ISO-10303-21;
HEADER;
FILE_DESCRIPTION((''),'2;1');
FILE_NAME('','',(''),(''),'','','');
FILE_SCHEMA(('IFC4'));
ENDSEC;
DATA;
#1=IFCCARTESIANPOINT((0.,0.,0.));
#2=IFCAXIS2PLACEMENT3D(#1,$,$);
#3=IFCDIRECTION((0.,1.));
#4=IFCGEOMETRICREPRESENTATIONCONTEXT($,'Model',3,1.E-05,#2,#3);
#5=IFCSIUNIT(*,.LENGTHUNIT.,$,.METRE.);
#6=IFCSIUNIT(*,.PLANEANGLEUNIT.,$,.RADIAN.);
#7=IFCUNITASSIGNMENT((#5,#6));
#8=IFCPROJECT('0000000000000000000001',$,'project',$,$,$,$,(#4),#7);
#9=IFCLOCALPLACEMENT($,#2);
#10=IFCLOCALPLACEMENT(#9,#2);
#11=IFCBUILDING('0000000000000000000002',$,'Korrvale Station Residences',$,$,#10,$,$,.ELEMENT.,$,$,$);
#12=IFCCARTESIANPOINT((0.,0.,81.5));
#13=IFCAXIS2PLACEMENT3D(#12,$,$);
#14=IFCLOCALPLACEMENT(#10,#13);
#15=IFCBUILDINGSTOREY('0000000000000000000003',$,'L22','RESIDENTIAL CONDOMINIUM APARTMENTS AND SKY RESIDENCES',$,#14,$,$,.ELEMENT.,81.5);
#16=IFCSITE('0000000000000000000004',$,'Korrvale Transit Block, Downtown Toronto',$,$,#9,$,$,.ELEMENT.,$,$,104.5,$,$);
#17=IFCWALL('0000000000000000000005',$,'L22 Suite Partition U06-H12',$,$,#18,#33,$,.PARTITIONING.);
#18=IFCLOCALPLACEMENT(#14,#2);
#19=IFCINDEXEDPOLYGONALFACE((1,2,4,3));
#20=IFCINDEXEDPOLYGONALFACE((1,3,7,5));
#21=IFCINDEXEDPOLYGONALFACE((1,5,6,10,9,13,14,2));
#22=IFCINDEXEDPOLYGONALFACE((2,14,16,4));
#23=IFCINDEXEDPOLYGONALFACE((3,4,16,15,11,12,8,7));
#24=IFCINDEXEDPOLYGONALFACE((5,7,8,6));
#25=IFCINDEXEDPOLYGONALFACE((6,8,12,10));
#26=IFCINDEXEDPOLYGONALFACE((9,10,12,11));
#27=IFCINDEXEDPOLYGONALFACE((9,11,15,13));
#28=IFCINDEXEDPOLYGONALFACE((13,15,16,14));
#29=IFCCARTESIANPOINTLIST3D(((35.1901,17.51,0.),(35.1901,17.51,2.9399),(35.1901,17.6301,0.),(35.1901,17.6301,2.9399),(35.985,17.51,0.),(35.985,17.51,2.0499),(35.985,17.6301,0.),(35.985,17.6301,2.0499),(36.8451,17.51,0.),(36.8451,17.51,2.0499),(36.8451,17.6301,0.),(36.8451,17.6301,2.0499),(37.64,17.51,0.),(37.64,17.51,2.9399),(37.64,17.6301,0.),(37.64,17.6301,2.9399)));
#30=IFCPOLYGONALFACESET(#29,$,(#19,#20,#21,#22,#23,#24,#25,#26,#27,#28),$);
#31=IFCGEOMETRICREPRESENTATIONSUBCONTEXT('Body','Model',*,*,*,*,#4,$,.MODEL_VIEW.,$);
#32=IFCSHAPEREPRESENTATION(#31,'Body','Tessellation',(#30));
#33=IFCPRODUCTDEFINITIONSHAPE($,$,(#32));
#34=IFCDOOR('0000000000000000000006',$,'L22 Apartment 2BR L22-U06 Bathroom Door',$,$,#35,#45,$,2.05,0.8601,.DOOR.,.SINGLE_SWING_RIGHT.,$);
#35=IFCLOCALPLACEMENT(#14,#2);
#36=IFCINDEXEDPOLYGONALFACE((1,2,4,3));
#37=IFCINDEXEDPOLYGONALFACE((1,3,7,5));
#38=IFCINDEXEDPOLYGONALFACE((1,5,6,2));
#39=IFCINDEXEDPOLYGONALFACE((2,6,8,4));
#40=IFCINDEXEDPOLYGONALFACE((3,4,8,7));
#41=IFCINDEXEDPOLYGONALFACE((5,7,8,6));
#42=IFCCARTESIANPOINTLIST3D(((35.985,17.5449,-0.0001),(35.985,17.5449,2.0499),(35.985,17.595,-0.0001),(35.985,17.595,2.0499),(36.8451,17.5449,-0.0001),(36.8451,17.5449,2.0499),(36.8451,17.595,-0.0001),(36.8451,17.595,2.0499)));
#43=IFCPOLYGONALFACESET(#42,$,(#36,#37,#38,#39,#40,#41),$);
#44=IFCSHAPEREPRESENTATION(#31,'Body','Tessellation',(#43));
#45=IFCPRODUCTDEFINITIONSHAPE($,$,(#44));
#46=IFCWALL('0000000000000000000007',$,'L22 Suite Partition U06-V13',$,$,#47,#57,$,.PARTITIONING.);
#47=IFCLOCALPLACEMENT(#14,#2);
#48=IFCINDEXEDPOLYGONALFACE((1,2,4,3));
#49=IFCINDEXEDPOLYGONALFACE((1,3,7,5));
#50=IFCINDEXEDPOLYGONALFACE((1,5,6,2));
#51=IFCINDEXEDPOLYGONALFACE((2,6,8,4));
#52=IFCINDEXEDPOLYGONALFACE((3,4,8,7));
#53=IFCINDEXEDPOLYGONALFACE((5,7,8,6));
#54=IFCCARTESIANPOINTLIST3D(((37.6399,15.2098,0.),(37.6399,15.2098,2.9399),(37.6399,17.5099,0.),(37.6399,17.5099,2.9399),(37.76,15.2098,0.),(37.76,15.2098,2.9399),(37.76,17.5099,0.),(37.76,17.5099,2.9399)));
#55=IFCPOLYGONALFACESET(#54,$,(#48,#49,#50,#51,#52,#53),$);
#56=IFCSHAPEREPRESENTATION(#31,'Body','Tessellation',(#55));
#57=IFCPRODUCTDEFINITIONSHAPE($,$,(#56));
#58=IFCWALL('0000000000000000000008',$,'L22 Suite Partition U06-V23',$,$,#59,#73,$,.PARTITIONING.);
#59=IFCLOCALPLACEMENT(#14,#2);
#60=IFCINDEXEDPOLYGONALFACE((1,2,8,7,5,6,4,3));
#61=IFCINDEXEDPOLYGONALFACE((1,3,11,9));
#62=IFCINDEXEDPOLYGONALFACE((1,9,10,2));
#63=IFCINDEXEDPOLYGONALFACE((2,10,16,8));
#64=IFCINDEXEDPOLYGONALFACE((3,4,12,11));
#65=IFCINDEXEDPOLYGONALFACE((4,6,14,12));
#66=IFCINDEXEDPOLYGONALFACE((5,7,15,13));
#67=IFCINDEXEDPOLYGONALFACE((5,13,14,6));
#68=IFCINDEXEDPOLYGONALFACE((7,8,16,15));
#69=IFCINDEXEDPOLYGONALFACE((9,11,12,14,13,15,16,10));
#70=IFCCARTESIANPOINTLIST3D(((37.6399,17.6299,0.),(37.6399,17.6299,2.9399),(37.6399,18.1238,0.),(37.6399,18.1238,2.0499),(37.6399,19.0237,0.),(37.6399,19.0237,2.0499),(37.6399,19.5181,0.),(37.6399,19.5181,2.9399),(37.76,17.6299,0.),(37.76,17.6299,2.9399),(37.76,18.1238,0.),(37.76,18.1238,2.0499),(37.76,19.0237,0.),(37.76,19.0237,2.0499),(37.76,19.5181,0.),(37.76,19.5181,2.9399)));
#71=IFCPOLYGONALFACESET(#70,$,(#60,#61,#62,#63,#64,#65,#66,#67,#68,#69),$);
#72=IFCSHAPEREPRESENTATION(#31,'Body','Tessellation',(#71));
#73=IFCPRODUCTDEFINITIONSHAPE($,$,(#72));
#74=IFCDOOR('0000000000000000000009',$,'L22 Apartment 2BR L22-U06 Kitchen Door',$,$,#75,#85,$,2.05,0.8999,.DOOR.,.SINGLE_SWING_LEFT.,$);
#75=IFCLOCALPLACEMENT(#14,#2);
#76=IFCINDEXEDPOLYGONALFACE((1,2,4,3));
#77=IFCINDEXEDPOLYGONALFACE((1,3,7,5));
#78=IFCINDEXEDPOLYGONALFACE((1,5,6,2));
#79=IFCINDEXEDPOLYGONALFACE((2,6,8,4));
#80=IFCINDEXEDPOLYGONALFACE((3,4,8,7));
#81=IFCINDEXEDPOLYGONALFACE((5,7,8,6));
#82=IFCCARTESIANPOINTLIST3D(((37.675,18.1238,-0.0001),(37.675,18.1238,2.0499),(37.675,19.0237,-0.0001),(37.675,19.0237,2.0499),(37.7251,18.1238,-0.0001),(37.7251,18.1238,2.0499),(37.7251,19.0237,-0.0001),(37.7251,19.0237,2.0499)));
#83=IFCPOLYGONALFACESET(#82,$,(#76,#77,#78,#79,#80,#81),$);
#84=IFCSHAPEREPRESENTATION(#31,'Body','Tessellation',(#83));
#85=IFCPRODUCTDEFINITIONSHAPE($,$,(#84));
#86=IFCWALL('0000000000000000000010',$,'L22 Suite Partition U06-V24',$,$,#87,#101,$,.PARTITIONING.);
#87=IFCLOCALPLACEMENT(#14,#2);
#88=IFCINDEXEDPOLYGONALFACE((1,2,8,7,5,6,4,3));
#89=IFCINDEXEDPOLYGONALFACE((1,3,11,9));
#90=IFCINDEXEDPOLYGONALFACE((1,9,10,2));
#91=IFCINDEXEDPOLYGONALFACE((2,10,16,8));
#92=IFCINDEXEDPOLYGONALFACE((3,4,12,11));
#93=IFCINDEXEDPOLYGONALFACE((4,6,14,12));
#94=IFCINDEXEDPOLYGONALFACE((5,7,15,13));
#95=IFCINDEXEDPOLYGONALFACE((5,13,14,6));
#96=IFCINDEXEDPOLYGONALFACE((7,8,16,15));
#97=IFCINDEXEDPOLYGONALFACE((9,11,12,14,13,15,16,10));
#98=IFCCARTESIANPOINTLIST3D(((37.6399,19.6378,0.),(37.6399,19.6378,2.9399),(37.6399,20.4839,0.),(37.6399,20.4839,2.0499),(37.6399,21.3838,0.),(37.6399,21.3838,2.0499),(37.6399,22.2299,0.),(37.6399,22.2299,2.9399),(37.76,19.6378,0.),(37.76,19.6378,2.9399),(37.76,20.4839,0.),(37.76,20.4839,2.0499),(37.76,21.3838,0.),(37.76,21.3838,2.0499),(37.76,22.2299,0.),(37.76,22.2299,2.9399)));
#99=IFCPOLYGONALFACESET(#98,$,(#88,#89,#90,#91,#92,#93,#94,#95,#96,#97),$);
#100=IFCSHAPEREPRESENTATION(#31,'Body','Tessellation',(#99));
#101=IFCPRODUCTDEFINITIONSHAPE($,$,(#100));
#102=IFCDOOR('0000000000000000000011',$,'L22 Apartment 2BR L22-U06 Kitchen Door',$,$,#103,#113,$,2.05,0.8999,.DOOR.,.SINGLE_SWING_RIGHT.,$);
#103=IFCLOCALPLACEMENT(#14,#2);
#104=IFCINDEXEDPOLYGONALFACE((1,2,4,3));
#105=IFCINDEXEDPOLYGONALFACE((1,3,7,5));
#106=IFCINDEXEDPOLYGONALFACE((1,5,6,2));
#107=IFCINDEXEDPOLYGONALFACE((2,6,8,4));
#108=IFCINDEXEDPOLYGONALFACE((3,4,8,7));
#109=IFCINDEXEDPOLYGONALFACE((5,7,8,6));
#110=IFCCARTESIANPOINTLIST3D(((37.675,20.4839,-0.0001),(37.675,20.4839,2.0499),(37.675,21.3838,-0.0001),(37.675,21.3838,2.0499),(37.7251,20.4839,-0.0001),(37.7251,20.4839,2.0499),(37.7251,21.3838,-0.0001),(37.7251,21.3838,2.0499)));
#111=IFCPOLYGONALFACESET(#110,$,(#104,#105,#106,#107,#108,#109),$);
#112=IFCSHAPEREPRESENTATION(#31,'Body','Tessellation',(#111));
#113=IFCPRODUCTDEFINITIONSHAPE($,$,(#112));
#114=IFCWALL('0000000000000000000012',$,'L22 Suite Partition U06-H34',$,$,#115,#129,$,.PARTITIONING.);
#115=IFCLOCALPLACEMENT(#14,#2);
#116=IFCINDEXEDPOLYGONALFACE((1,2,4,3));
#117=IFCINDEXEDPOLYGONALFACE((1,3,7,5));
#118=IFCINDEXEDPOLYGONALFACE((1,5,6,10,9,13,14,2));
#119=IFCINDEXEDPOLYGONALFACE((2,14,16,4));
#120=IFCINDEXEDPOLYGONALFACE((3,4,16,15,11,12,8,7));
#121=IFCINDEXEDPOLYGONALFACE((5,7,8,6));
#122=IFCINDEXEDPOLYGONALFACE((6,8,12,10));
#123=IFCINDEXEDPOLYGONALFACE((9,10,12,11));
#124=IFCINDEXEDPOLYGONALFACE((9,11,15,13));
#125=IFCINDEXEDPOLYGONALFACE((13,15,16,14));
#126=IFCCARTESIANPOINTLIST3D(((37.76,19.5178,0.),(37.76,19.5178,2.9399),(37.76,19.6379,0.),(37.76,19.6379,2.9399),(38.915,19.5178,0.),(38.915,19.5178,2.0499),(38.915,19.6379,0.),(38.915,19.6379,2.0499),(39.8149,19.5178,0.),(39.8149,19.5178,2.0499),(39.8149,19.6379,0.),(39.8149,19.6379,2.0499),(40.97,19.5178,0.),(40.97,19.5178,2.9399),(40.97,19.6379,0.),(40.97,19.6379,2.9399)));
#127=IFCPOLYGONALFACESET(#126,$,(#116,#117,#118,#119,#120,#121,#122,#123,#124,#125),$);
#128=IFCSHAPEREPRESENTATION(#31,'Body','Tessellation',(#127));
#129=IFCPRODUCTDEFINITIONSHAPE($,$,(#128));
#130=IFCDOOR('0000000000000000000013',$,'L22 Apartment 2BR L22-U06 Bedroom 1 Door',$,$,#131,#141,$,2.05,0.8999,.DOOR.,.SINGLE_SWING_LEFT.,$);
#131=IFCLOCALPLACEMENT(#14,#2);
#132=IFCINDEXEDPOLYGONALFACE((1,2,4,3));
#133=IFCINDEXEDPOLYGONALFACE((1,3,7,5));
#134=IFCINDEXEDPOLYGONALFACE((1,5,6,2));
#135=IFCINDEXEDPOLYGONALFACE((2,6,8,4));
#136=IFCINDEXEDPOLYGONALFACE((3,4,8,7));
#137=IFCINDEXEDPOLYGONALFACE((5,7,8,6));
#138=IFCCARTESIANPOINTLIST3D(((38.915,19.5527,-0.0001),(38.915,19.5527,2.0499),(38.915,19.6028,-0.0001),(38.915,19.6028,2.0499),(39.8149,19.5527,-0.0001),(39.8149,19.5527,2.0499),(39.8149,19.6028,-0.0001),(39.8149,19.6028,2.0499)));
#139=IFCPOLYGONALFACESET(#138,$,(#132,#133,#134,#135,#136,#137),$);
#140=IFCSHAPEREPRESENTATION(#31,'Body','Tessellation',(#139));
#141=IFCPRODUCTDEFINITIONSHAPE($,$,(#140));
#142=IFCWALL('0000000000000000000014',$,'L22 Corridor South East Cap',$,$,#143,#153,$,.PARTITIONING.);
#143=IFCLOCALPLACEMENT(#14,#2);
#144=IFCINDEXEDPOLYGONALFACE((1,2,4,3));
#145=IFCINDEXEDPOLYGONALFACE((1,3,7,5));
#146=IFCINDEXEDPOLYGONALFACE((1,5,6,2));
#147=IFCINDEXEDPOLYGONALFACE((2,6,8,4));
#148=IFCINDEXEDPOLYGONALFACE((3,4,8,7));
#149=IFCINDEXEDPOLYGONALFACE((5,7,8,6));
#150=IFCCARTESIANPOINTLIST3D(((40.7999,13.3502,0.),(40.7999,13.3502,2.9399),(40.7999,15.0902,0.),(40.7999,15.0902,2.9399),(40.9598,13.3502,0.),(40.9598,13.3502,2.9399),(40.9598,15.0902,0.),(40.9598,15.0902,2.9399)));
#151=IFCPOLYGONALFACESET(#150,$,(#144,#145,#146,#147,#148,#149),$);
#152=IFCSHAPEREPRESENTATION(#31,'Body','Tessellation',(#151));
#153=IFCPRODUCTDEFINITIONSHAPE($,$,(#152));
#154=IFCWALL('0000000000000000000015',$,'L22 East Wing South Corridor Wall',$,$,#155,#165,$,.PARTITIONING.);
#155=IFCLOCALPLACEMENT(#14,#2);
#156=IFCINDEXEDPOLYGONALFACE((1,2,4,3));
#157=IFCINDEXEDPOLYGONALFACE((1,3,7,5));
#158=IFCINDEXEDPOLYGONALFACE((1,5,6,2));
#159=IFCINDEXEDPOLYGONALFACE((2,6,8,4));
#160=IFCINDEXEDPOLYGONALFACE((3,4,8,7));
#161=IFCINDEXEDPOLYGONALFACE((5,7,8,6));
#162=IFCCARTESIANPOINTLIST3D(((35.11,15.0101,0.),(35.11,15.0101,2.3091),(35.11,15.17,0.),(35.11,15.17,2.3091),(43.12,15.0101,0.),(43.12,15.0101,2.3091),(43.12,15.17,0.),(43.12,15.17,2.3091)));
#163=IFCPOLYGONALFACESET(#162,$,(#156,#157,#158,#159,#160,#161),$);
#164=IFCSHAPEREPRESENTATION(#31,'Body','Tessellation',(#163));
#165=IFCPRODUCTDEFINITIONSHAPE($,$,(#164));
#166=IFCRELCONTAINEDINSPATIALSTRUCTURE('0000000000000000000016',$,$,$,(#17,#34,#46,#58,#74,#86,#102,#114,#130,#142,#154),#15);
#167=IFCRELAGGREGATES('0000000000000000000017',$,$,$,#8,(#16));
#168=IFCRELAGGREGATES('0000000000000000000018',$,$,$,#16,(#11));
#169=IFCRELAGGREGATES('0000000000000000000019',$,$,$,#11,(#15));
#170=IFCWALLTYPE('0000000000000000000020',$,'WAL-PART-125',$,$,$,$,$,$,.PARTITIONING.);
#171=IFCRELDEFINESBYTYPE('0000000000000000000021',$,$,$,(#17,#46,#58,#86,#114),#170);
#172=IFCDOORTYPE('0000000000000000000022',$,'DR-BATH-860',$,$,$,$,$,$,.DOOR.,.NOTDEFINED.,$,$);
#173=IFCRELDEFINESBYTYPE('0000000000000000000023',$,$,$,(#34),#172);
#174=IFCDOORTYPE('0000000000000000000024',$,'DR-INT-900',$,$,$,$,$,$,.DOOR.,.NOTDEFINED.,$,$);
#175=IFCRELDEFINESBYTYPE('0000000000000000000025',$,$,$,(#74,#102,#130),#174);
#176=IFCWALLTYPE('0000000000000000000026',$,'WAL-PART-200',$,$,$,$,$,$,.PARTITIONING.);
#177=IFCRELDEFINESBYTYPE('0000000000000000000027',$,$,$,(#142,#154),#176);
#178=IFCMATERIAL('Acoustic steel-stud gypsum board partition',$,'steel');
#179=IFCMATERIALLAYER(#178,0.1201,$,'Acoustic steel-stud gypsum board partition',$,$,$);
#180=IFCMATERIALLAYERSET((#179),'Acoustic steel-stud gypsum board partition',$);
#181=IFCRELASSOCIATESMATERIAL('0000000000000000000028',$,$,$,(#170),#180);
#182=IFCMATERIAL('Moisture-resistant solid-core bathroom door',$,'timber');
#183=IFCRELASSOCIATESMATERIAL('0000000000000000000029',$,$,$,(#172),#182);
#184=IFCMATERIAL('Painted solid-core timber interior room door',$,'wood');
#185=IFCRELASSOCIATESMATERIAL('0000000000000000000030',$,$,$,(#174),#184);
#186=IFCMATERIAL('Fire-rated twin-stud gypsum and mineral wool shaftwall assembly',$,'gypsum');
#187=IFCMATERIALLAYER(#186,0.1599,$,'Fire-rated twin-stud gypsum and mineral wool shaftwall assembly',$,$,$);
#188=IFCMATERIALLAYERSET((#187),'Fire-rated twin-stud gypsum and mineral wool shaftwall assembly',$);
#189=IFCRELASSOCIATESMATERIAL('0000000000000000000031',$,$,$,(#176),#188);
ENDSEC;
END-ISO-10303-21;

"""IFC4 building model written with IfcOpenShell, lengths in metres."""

from ifc_helpers import new_model, si_unit, direction, frame, frame_2d, origin, place, context, subcontext, project, spatial, rectangle, extrude, material, layer, layer_set, type_object, element, fill, save


model = new_model("IFC4")

# Units and contexts
model_context = context("Model", 3, precision=1e-05, world=origin(), true_north=direction((0.0, 1.0)))
body_context = subcontext(model_context, "Body", "Model", "MODEL_VIEW")
ifc_project = project(units=[si_unit("LENGTHUNIT", "METRE"), si_unit("PLANEANGLEUNIT", "RADIAN")], contexts=[model_context])

# Site, building, storey
site_placement = place(None, origin())
site = spatial("IfcSite", under=ifc_project, at=site_placement, Name="Korrvale Transit Block, Downtown Toronto", CompositionType="ELEMENT", RefElevation=104.5)
building_placement = place(site_placement, origin())
building = spatial("IfcBuilding", under=site, at=building_placement, Name="Korrvale Station Residences", CompositionType="ELEMENT")
storey_placement = place(building_placement, frame((0.0, 0.0, 81.5)))
storey = spatial("IfcBuildingStorey", under=building, at=storey_placement, Name="L22", Description="RESIDENTIAL CONDOMINIUM APARTMENTS AND SKY RESIDENCES", CompositionType="ELEMENT", Elevation=81.5)

# Wall, opening, door
ifc_material_1 = material(Name="Acoustic steel-stud gypsum board partition", Category="steel")
ifc_layer_1 = layer(ifc_material_1, 0.1201, Name="Acoustic steel-stud gypsum board partition")
ifc_layer_set_1 = layer_set([ifc_layer_1], Name="Acoustic steel-stud gypsum board partition")
wall_type_1 = type_object("IfcWallType", Name="WAL-PART-125", PredefinedType="PARTITIONING", material=ifc_layer_set_1)
wall_1_placement = place(storey_placement, frame((35.1899, 17.5701, 0.0), z_axis=(0.0, 0.0, 1.0), x_axis=(1.0, 0.0, 0.0)))
wall_1 = element("IfcWall", 1, at=wall_1_placement, inside=storey, type_object=wall_type_1, Name="L22 Suite Partition U06-H12", PredefinedType="PARTITIONING", context=body_context, shape_type="SweptSolid", body=[
    extrude(rectangle(XDim=2.45, YDim=0.1201, at=frame_2d((1.2251, 0.0))), origin(), (0.0, 0.0, 1.0), 2.9399),
])
opening_1_placement = place(wall_1_placement, frame((0.7949, 0.0, 0.0)))
opening_1 = element("IfcOpeningElement", 2, at=opening_1_placement, cuts=wall_1, PredefinedType="OPENING", context=body_context, shape_type="SweptSolid", body=[
    extrude(rectangle(XDim=0.8601, YDim=2.05, at=frame_2d((0.4302, 1.0249))), frame((0.0, 0.0701, 0.0), z_axis=(0.0, -1.0, 0.0), x_axis=(1.0, 0.0, 0.0)), (0.0, 0.0, 1.0), 0.1401),
])
ifc_material_2 = material(Name="Moisture-resistant solid-core bathroom door", Category="timber")
door_type_1 = type_object("IfcDoorType", Name="DR-BATH-860", OperationType="NOTDEFINED", PredefinedType="DOOR", material=ifc_material_2)
door_1_placement = place(opening_1_placement, origin())
door_1 = element("IfcDoor", 3, at=door_1_placement, inside=storey, type_object=door_type_1, Name="L22 Apartment 2BR L22-U06 Bathroom Door", OperationType="SINGLE_SWING_RIGHT", OverallHeight=2.05, OverallWidth=0.8601, PredefinedType="DOOR", context=body_context, shape_type="SweptSolid", body=[
    extrude(rectangle(XDim=0.8601, YDim=2.05, at=frame_2d((0.4302, 1.0249))), frame((0.0, 0.0249, 0.0), z_axis=(0.0, -1.0, 0.0), x_axis=(1.0, 0.0, 0.0)), (0.0, 0.0, 1.0), 0.05),
])
fill(opening_1, door_1)

# Wall
wall_2_placement = place(storey_placement, frame((37.7, 15.21, 0.0), z_axis=(0.0, 0.0, 1.0), x_axis=(0.0, 1.0, 0.0)))
element("IfcWall", 4, at=wall_2_placement, inside=storey, type_object=wall_type_1, Name="L22 Suite Partition U06-V13", PredefinedType="PARTITIONING", context=body_context, shape_type="SweptSolid", body=[
    extrude(rectangle(XDim=2.3, YDim=0.1201, at=frame_2d((1.1499, 0.0))), origin(), (0.0, 0.0, 1.0), 2.9399),
])

# Walls, openings, doors
wall_3_placement = place(storey_placement, frame((37.7, 17.6299, 0.0), z_axis=(0.0, 0.0, 1.0), x_axis=(0.0, 1.0, 0.0)))
wall_3 = element("IfcWall", 5, at=wall_3_placement, inside=storey, type_object=wall_type_1, Name="L22 Suite Partition U06-V23", PredefinedType="PARTITIONING", context=body_context, shape_type="SweptSolid", body=[
    extrude(rectangle(XDim=1.8882, YDim=0.1201, at=frame_2d((0.9441, 0.0))), origin(), (0.0, 0.0, 1.0), 2.9399),
])
opening_2_placement = place(wall_3_placement, frame((0.4939, 0.0, 0.0)))
opening_2 = element("IfcOpeningElement", 6, at=opening_2_placement, cuts=wall_3, PredefinedType="OPENING", context=body_context, shape_type="SweptSolid", body=[
    extrude(rectangle(XDim=0.8999, YDim=2.05, at=frame_2d((0.45, 1.0249))), frame((0.0, 0.0701, 0.0), z_axis=(0.0, -1.0, 0.0), x_axis=(1.0, 0.0, 0.0)), (0.0, 0.0, 1.0), 0.1401),
])
ifc_material_3 = material(Name="Painted solid-core timber interior room door", Category="wood")
door_type_2 = type_object("IfcDoorType", Name="DR-INT-900", OperationType="NOTDEFINED", PredefinedType="DOOR", material=ifc_material_3)
door_2_placement = place(opening_2_placement, origin())
door_2 = element("IfcDoor", 7, at=door_2_placement, inside=storey, type_object=door_type_2, Name="L22 Apartment 2BR L22-U06 Kitchen Door", OperationType="SINGLE_SWING_LEFT", OverallHeight=2.05, OverallWidth=0.8999, PredefinedType="DOOR", context=body_context, shape_type="SweptSolid", body=[
    extrude(rectangle(XDim=0.8999, YDim=2.05, at=frame_2d((0.45, 1.0249))), frame((0.0, 0.0249, 0.0), z_axis=(0.0, -1.0, 0.0), x_axis=(1.0, 0.0, 0.0)), (0.0, 0.0, 1.0), 0.05),
])
fill(opening_2, door_2)
wall_4_placement = place(storey_placement, frame((37.7, 19.6379, 0.0), z_axis=(0.0, 0.0, 1.0), x_axis=(0.0, 1.0, 0.0)))
wall_4 = element("IfcWall", 8, at=wall_4_placement, inside=storey, type_object=wall_type_1, Name="L22 Suite Partition U06-V24", PredefinedType="PARTITIONING", context=body_context, shape_type="SweptSolid", body=[
    extrude(rectangle(XDim=2.592, YDim=0.1201, at=frame_2d((1.2959, 0.0))), origin(), (0.0, 0.0, 1.0), 2.9399),
])
opening_3_placement = place(wall_4_placement, frame((0.8459, 0.0, 0.0)))
opening_3 = element("IfcOpeningElement", 9, at=opening_3_placement, cuts=wall_4, PredefinedType="OPENING", context=body_context, shape_type="SweptSolid", body=[
    extrude(rectangle(XDim=0.8999, YDim=2.05, at=frame_2d((0.45, 1.0249))), frame((0.0, 0.0701, 0.0), z_axis=(0.0, -1.0, 0.0), x_axis=(1.0, 0.0, 0.0)), (0.0, 0.0, 1.0), 0.1401),
])
door_3_placement = place(opening_3_placement, origin())
door_3 = element("IfcDoor", 10, at=door_3_placement, inside=storey, type_object=door_type_2, Name="L22 Apartment 2BR L22-U06 Kitchen Door", OperationType="SINGLE_SWING_RIGHT", OverallHeight=2.05, OverallWidth=0.8999, PredefinedType="DOOR", context=body_context, shape_type="SweptSolid", body=[
    extrude(rectangle(XDim=0.8999, YDim=2.05, at=frame_2d((0.45, 1.0249))), frame((0.0, 0.0249, 0.0), z_axis=(0.0, -1.0, 0.0), x_axis=(1.0, 0.0, 0.0)), (0.0, 0.0, 1.0), 0.05),
])
fill(opening_3, door_3)
wall_5_placement = place(storey_placement, frame((37.76, 19.5779, 0.0), z_axis=(0.0, 0.0, 1.0), x_axis=(1.0, 0.0, 0.0)))
wall_5 = element("IfcWall", 11, at=wall_5_placement, inside=storey, type_object=wall_type_1, Name="L22 Suite Partition U06-H34", PredefinedType="PARTITIONING", context=body_context, shape_type="SweptSolid", body=[
    extrude(rectangle(XDim=3.21, YDim=0.1201, at=frame_2d((1.605, 0.0))), origin(), (0.0, 0.0, 1.0), 2.9399),
])
opening_4_placement = place(wall_5_placement, frame((1.155, 0.0, 0.0)))
opening_4 = element("IfcOpeningElement", 12, at=opening_4_placement, cuts=wall_5, PredefinedType="OPENING", context=body_context, shape_type="SweptSolid", body=[
    extrude(rectangle(XDim=0.8999, YDim=2.05, at=frame_2d((0.45, 1.0249))), frame((0.0, 0.0701, 0.0), z_axis=(0.0, -1.0, 0.0), x_axis=(1.0, 0.0, 0.0)), (0.0, 0.0, 1.0), 0.1401),
])
door_4_placement = place(opening_4_placement, origin())
door_4 = element("IfcDoor", 13, at=door_4_placement, inside=storey, type_object=door_type_2, Name="L22 Apartment 2BR L22-U06 Bedroom 1 Door", OperationType="SINGLE_SWING_LEFT", OverallHeight=2.05, OverallWidth=0.8999, PredefinedType="DOOR", context=body_context, shape_type="SweptSolid", body=[
    extrude(rectangle(XDim=0.8999, YDim=2.05, at=frame_2d((0.45, 1.0249))), frame((0.0, 0.0249, 0.0), z_axis=(0.0, -1.0, 0.0), x_axis=(1.0, 0.0, 0.0)), (0.0, 0.0, 1.0), 0.05),
])
fill(opening_4, door_4)

# Walls
ifc_material_4 = material(Name="Fire-rated twin-stud gypsum and mineral wool shaftwall assembly", Category="gypsum")
ifc_layer_2 = layer(ifc_material_4, 0.1599, Name="Fire-rated twin-stud gypsum and mineral wool shaftwall assembly")
ifc_layer_set_2 = layer_set([ifc_layer_2], Name="Fire-rated twin-stud gypsum and mineral wool shaftwall assembly")
wall_type_2 = type_object("IfcWallType", Name="WAL-PART-200", PredefinedType="PARTITIONING", material=ifc_layer_set_2)
wall_6_placement = place(storey_placement, frame((40.8799, 13.3501, 0.0), z_axis=(0.0, 0.0, 1.0), x_axis=(0.0, 1.0, 0.0)))
element("IfcWall", 14, at=wall_6_placement, inside=storey, type_object=wall_type_2, Name="L22 Corridor South East Cap", PredefinedType="PARTITIONING", context=body_context, shape_type="SweptSolid", body=[
    extrude(rectangle(XDim=1.74, YDim=0.1599, at=frame_2d((0.8701, 0.0))), origin(), (0.0, 0.0, 1.0), 2.9399),
])
wall_7_placement = place(storey_placement, frame((35.1101, 15.0901, 0.0), z_axis=(0.0, 0.0, 1.0), x_axis=(1.0, 0.0, 0.0)))
element("IfcWall", 15, at=wall_7_placement, inside=storey, type_object=wall_type_2, Name="L22 East Wing South Corridor Wall", PredefinedType="PARTITIONING", context=body_context, shape_type="SweptSolid", body=[
    extrude(rectangle(XDim=8.01, YDim=0.1599, at=frame_2d((4.0049, 0.0))), origin(), (0.0, 0.0, 1.0), 2.3091),
])

save(model, "model.ifc")
